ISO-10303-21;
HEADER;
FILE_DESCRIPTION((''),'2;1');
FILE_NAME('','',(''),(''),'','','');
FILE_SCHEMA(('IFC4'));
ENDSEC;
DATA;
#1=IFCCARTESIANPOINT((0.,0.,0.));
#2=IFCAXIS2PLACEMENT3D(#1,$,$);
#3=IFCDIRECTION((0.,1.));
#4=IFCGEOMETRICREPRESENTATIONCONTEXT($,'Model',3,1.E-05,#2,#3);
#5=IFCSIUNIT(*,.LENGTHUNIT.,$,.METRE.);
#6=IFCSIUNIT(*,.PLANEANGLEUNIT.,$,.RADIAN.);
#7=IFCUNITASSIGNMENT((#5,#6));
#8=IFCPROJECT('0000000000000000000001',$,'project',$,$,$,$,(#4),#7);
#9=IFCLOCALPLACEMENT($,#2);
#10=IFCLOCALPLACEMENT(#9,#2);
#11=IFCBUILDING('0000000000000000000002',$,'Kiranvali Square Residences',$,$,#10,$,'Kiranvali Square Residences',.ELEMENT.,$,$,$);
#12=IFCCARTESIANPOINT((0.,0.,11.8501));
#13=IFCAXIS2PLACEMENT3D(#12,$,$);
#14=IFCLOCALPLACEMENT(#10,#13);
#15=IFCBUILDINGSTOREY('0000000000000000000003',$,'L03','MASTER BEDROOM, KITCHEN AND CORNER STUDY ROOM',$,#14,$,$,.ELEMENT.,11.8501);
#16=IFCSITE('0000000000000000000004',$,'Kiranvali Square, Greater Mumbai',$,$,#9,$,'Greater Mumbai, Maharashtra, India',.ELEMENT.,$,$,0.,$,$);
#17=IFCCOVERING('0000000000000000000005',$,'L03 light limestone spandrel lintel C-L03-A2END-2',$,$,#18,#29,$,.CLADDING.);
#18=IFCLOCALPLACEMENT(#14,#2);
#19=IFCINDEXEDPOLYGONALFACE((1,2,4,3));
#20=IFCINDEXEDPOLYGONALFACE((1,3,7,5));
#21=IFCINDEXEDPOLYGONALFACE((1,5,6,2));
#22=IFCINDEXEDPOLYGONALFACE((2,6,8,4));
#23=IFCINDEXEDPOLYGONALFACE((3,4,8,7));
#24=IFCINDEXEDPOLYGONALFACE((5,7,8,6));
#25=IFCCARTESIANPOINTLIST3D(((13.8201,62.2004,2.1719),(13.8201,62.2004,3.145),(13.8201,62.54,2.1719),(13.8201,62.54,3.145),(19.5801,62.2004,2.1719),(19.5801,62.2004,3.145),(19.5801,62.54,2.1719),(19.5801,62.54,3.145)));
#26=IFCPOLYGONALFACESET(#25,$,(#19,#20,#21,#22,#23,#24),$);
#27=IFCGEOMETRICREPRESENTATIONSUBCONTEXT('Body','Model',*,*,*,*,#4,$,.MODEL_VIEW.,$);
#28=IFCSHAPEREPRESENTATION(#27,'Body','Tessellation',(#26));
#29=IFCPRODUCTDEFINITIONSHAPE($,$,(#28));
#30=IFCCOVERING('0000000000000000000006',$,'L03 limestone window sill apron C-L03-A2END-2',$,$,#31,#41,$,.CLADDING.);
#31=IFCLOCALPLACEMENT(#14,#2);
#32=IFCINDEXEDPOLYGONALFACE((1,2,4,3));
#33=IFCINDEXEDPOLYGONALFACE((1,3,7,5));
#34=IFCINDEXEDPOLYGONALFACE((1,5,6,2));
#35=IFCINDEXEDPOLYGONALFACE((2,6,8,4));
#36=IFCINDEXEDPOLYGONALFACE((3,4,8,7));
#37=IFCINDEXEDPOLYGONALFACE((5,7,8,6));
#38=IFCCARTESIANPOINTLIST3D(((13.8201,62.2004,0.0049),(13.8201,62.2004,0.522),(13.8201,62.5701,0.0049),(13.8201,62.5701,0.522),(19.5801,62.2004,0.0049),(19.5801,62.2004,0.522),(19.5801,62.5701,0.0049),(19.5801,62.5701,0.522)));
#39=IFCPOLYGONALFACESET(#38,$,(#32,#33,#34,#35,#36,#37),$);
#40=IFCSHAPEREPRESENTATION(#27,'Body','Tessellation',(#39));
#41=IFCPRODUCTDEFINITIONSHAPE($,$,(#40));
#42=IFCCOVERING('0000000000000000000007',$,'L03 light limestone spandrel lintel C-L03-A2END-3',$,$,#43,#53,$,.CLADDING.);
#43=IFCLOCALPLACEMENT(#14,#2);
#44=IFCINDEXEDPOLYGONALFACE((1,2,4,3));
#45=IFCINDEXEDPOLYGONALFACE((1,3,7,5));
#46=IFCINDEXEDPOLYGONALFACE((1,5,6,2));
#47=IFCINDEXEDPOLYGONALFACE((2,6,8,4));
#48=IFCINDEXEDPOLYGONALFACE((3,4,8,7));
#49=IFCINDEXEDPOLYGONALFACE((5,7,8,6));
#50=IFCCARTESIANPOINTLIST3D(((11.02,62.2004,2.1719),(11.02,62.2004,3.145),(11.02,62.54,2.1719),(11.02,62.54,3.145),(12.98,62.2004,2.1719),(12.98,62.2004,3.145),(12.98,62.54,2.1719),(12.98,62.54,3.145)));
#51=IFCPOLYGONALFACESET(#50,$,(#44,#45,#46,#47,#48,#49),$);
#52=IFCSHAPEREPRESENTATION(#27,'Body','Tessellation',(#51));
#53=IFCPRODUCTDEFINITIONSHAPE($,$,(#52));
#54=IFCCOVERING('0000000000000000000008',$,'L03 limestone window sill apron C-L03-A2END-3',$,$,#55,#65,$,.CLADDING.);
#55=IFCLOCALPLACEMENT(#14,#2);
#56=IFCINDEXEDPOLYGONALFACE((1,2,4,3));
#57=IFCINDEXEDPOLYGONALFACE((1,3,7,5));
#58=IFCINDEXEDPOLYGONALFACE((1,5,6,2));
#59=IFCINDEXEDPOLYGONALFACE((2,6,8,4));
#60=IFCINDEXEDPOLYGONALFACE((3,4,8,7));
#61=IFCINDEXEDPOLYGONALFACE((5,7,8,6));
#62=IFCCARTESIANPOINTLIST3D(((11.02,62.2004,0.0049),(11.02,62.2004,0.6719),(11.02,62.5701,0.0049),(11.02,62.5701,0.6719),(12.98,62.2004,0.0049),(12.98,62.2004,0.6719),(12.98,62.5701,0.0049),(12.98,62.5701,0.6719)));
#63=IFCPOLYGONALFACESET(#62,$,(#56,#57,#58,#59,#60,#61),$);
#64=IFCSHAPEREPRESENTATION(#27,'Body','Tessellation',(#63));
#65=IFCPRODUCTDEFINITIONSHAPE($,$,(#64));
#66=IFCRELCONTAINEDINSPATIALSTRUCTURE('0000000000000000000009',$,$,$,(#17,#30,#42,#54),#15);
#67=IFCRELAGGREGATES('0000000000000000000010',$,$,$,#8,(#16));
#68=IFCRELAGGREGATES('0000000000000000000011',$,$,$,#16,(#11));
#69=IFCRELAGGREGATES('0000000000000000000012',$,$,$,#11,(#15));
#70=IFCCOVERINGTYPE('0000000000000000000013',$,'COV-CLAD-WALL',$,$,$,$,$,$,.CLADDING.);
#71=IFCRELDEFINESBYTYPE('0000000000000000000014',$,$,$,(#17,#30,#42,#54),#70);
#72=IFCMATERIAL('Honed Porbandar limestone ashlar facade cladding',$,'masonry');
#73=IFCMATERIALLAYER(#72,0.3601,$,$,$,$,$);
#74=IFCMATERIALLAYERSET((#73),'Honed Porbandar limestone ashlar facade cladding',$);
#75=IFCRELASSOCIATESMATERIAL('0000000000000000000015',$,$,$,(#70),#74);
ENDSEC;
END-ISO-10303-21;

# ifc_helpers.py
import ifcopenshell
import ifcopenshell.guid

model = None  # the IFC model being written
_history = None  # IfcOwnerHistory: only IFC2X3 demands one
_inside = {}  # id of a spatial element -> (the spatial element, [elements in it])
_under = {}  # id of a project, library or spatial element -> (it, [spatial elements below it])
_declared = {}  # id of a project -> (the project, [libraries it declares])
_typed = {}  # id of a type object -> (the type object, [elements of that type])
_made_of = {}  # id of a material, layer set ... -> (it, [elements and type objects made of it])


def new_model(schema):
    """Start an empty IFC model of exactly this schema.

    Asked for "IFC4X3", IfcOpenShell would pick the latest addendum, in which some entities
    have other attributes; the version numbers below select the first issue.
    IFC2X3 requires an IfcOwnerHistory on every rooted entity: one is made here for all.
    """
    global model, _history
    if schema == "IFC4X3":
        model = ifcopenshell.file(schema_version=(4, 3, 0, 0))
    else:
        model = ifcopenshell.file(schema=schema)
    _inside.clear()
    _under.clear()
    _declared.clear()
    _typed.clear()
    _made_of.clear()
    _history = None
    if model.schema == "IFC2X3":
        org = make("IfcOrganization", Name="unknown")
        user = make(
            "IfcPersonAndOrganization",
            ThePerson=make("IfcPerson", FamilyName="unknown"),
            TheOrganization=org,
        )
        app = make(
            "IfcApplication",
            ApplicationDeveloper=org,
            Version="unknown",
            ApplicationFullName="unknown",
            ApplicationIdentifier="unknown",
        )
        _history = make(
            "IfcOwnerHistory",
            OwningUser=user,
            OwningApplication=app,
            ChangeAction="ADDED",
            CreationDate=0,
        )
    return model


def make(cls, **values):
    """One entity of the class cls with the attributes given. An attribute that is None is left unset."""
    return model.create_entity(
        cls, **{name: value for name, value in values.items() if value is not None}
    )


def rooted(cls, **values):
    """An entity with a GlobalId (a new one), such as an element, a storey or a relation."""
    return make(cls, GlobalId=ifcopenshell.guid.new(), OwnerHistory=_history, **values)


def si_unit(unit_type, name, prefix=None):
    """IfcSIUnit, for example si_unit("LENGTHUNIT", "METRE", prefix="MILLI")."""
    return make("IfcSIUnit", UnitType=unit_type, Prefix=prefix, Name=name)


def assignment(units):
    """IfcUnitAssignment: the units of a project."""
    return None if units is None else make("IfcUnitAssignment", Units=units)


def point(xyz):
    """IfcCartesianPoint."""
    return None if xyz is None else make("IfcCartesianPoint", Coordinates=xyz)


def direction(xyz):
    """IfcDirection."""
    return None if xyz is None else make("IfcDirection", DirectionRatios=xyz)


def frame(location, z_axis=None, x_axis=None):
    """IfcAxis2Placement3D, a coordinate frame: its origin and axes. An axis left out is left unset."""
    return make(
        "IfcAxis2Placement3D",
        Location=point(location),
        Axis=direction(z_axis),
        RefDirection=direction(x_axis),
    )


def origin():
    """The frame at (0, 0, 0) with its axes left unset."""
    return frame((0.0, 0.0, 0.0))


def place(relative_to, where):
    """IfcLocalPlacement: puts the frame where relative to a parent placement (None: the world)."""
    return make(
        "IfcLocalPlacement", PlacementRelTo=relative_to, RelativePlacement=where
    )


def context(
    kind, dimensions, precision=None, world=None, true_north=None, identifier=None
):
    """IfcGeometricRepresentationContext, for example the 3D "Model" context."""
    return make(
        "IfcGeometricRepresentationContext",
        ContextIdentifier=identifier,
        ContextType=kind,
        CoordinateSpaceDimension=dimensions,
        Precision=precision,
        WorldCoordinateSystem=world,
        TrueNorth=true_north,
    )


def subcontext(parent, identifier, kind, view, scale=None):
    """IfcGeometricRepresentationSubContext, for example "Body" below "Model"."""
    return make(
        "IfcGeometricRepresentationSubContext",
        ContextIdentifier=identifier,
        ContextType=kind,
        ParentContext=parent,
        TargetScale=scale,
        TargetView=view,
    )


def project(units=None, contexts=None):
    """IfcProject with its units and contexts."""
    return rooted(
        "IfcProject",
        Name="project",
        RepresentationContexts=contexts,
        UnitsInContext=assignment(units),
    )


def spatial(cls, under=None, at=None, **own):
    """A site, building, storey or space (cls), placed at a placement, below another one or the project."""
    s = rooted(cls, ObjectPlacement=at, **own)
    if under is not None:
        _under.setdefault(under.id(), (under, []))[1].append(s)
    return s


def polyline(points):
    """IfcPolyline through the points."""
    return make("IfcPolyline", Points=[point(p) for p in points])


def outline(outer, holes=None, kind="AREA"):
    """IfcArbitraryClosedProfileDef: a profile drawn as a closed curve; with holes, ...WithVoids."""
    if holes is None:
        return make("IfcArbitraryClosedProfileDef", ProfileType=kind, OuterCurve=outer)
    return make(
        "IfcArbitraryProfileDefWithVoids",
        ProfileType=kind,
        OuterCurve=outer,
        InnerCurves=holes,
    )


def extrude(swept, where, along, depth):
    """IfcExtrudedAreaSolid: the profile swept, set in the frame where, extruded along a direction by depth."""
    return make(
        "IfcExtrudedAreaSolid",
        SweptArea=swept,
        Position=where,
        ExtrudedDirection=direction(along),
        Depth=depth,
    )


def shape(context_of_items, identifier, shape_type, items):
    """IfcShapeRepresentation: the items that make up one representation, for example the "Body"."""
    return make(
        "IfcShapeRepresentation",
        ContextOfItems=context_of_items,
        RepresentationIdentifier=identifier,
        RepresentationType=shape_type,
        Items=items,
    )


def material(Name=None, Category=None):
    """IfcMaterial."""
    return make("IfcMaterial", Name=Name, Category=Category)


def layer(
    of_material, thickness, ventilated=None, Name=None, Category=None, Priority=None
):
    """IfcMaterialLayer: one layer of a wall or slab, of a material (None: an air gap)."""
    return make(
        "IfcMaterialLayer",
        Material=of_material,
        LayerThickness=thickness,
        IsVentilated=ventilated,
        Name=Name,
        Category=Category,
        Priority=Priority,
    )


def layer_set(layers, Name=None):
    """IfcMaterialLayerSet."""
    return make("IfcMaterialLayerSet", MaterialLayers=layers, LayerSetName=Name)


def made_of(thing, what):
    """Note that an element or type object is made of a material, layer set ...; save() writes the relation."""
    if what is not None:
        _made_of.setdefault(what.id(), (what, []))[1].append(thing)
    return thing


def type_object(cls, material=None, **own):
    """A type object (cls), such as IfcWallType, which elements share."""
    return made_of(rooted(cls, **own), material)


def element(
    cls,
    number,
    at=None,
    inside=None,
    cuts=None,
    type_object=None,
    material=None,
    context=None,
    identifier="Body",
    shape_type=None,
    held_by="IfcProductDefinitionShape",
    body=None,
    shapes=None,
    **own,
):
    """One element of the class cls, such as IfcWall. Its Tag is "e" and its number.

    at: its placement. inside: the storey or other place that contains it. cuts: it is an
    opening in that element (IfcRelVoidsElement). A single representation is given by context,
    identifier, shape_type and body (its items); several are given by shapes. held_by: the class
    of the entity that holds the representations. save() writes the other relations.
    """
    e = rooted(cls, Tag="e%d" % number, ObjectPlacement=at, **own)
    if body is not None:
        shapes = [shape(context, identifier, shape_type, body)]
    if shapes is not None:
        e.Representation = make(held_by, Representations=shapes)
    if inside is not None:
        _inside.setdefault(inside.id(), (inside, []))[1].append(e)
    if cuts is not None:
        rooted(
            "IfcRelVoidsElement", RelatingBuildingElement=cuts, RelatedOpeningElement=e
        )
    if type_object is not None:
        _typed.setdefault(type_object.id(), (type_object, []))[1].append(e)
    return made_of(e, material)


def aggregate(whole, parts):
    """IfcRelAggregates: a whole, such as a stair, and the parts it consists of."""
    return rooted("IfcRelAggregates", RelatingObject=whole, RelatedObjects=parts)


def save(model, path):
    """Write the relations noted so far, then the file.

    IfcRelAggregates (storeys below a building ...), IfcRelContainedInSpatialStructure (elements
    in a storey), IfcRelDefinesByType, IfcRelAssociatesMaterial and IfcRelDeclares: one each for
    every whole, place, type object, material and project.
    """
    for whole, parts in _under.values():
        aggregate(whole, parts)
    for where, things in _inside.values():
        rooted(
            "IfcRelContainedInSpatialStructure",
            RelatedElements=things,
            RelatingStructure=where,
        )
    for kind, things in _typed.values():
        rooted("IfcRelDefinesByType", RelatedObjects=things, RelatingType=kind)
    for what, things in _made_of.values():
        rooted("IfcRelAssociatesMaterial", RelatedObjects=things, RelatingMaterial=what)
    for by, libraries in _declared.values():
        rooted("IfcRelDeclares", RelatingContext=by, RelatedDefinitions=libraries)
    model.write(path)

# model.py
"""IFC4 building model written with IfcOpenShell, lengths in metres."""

from ifc_helpers import new_model, si_unit, direction, frame, origin, place, context, subcontext, project, spatial, polyline, outline, extrude, material, layer, layer_set, type_object, element, save


model = new_model("IFC4")

# Units and contexts
model_context = context("Model", 3, precision=1e-05, world=origin(), true_north=direction((0.0, 1.0)))
body_context = subcontext(model_context, "Body", "Model", "MODEL_VIEW")
ifc_project = project(units=[si_unit("LENGTHUNIT", "METRE"), si_unit("PLANEANGLEUNIT", "RADIAN")], contexts=[model_context])

# Site, building, storey
site_placement = place(None, origin())
site = spatial("IfcSite", under=ifc_project, at=site_placement, Name="Kiranvali Square, Greater Mumbai", LongName="Greater Mumbai, Maharashtra, India", CompositionType="ELEMENT", RefElevation=0.0)
building_placement = place(site_placement, origin())
building = spatial("IfcBuilding", under=site, at=building_placement, Name="Kiranvali Square Residences", LongName="Kiranvali Square Residences", CompositionType="ELEMENT")
storey_placement = place(building_placement, frame((0.0, 0.0, 11.8501)))
storey = spatial("IfcBuildingStorey", under=building, at=storey_placement, Name="L03", Description="MASTER BEDROOM, KITCHEN AND CORNER STUDY ROOM", CompositionType="ELEMENT", Elevation=11.8501)

# Coverings
ifc_material = material(Name="Honed Porbandar limestone ashlar facade cladding", Category="masonry")
ifc_layer_1 = layer(ifc_material, 0.3601)
ifc_layer_set_1 = layer_set([ifc_layer_1], Name="Honed Porbandar limestone ashlar facade cladding")
covering_type_1 = type_object("IfcCoveringType", Name="COV-CLAD-WALL", PredefinedType="CLADDING", material=ifc_layer_set_1)
covering_1_placement = place(storey_placement, frame((0.0, 0.0, 2.1719)))
element("IfcCovering", 1, at=covering_1_placement, inside=storey, type_object=covering_type_1, Name="L03 light limestone spandrel lintel C-L03-A2END-2", PredefinedType="CLADDING", context=body_context, shape_type="SweptSolid", body=[
    extrude(outline(polyline([(19.5801, 62.54), (13.8201, 62.54), (13.8201, 62.2004), (19.5801, 62.2004), (19.5801, 62.54)])), origin(), (0.0, 0.0, 1.0), 0.9731),
])
covering_2_placement = place(storey_placement, frame((0.0, 0.0, 0.0049)))
element("IfcCovering", 2, at=covering_2_placement, inside=storey, type_object=covering_type_1, Name="L03 limestone window sill apron C-L03-A2END-2", PredefinedType="CLADDING", context=body_context, shape_type="SweptSolid", body=[
    extrude(outline(polyline([(19.5801, 62.5701), (13.8201, 62.5701), (13.8201, 62.2004), (19.5801, 62.2004), (19.5801, 62.5701)])), origin(), (0.0, 0.0, 1.0), 0.5171),
])
covering_3_placement = place(storey_placement, frame((0.0, 0.0, 2.1719)))
element("IfcCovering", 3, at=covering_3_placement, inside=storey, type_object=covering_type_1, Name="L03 light limestone spandrel lintel C-L03-A2END-3", PredefinedType="CLADDING", context=body_context, shape_type="SweptSolid", body=[
    extrude(outline(polyline([(12.98, 62.54), (11.02, 62.54), (11.02, 62.2004), (12.98, 62.2004), (12.98, 62.54)])), origin(), (0.0, 0.0, 1.0), 0.9731),
])
covering_4_placement = place(storey_placement, frame((0.0, 0.0, 0.0049)))
element("IfcCovering", 4, at=covering_4_placement, inside=storey, type_object=covering_type_1, Name="L03 limestone window sill apron C-L03-A2END-3", PredefinedType="CLADDING", context=body_context, shape_type="SweptSolid", body=[
    extrude(outline(polyline([(12.98, 62.5701), (11.02, 62.5701), (11.02, 62.2004), (12.98, 62.2004), (12.98, 62.5701)])), origin(), (0.0, 0.0, 1.0), 0.667),
])

save(model, "model.ifc")
